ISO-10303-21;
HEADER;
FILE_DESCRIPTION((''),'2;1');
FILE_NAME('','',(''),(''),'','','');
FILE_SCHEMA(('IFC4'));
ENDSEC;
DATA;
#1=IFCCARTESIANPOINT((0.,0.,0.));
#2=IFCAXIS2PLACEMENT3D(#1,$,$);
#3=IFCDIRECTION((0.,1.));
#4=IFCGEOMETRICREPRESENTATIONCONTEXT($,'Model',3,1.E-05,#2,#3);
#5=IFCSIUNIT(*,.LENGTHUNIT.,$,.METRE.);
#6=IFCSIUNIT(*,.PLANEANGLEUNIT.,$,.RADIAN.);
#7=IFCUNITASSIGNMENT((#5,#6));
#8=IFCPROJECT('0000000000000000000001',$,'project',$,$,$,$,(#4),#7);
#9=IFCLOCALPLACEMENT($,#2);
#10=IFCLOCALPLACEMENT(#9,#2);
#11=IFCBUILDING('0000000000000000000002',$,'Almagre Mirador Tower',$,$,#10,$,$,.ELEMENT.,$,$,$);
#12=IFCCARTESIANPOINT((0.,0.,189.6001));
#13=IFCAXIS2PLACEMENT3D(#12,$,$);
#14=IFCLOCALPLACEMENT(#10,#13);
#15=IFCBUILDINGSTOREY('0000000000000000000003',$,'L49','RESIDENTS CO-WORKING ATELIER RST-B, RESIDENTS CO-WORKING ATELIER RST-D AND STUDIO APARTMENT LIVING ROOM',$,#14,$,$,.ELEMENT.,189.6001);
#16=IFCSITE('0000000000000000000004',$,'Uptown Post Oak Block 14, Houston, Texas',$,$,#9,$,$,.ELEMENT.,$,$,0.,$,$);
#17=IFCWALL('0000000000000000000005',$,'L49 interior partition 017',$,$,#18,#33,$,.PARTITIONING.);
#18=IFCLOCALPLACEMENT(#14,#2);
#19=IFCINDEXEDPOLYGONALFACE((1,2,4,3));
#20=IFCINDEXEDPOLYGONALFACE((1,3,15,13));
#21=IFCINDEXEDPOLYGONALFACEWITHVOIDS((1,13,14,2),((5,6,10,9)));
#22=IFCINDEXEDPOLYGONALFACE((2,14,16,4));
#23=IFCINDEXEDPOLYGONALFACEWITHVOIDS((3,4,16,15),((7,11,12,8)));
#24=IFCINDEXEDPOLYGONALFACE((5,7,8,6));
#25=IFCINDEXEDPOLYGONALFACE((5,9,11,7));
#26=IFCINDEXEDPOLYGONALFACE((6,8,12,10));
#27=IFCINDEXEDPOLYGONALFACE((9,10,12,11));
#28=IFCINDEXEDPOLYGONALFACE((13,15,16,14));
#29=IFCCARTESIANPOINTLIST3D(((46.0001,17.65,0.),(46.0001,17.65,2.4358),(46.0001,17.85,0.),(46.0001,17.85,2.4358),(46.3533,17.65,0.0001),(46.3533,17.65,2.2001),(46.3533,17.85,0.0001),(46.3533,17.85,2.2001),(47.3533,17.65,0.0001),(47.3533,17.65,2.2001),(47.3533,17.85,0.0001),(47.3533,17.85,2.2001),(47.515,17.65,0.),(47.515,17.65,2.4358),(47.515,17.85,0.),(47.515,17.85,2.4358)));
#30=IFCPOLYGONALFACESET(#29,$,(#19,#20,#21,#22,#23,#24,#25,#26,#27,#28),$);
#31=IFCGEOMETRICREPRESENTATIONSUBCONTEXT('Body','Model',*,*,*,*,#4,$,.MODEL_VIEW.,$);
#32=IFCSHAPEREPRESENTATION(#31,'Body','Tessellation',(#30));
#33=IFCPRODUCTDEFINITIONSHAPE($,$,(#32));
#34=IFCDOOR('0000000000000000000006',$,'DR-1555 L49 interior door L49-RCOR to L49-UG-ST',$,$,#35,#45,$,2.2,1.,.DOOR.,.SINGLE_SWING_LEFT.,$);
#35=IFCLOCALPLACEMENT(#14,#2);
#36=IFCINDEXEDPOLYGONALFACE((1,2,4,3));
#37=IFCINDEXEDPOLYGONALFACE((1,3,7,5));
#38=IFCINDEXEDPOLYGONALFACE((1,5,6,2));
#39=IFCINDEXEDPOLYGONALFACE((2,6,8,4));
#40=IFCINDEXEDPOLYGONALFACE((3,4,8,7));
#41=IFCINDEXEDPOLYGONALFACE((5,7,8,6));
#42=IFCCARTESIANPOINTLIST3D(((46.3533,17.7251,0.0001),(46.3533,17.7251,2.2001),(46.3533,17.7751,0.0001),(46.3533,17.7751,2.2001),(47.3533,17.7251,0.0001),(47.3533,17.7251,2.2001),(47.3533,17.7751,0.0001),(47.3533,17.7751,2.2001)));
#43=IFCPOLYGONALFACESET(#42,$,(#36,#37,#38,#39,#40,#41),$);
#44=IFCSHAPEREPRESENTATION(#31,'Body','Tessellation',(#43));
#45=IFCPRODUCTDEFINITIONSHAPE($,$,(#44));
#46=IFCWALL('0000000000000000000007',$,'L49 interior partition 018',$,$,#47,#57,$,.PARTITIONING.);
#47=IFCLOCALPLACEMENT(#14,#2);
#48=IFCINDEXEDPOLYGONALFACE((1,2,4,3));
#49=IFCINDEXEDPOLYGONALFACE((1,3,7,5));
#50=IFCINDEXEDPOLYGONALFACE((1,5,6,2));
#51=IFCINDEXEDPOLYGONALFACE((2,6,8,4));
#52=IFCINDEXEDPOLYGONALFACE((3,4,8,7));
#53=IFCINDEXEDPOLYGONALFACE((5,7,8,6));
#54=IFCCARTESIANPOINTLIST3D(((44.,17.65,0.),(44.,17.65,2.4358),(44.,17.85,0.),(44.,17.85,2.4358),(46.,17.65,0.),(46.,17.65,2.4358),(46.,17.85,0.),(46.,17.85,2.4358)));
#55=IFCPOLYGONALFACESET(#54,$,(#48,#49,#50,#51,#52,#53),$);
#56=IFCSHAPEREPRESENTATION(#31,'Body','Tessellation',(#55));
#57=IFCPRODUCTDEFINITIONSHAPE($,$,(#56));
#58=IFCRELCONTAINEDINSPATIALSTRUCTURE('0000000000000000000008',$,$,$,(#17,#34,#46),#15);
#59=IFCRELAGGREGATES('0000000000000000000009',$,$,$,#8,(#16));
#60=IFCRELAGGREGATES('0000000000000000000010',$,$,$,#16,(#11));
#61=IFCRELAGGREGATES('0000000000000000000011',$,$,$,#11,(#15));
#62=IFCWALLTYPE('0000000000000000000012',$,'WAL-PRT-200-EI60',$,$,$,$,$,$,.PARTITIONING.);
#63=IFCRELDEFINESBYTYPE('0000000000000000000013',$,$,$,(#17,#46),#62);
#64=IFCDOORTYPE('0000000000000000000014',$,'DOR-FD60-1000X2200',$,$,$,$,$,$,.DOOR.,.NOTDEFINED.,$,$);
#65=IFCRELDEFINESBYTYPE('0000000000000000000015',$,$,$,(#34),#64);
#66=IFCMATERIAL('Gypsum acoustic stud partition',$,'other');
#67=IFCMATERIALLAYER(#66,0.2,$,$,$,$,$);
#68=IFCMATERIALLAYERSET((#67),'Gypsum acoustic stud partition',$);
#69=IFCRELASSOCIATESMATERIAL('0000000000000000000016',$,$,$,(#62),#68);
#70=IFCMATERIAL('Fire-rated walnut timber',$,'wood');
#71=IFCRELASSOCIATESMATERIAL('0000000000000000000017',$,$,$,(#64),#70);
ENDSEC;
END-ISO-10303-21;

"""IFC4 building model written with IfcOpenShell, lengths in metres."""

from ifc_helpers import new_model, si_unit, direction, frame, frame_2d, origin, place, context, subcontext, project, spatial, rectangle, extrude, material, layer, layer_set, type_object, element, fill, save


model = new_model("IFC4")

# Units and contexts
model_context = context("Model", 3, precision=1e-05, world=origin(), true_north=direction((0.0, 1.0)))
body_context = subcontext(model_context, "Body", "Model", "MODEL_VIEW")
ifc_project = project(units=[si_unit("LENGTHUNIT", "METRE"), si_unit("PLANEANGLEUNIT", "RADIAN")], contexts=[model_context])

# Site, building, storey
site_placement = place(None, origin())
site = spatial("IfcSite", under=ifc_project, at=site_placement, Name="Uptown Post Oak Block 14, Houston, Texas", CompositionType="ELEMENT", RefElevation=0.0)
building_placement = place(site_placement, origin())
building = spatial("IfcBuilding", under=site, at=building_placement, Name="Almagre Mirador Tower", CompositionType="ELEMENT")
storey_placement = place(building_placement, frame((0.0, 0.0, 189.6001)))
storey = spatial("IfcBuildingStorey", under=building, at=storey_placement, Name="L49", Description="RESIDENTS CO-WORKING ATELIER RST-B, RESIDENTS CO-WORKING ATELIER RST-D AND STUDIO APARTMENT LIVING ROOM", CompositionType="ELEMENT", Elevation=189.6001)

# Wall, opening, door
ifc_material_1 = material(Name="Gypsum acoustic stud partition", Category="other")
ifc_layer_1 = layer(ifc_material_1, 0.2)
ifc_layer_set_1 = layer_set([ifc_layer_1], Name="Gypsum acoustic stud partition")
wall_type_1 = type_object("IfcWallType", Name="WAL-PRT-200-EI60", PredefinedType="PARTITIONING", material=ifc_layer_set_1)
wall_1_placement = place(storey_placement, frame((47.5149, 17.75, 0.0), z_axis=(0.0, 0.0, 1.0), x_axis=(-1.0, 0.0, 0.0)))
wall_1 = element("IfcWall", 1, at=wall_1_placement, inside=storey, type_object=wall_type_1, Name="L49 interior partition 017", PredefinedType="PARTITIONING", context=body_context, shape_type="SweptSolid", body=[
    extrude(rectangle(XDim=1.5149, YDim=0.2, at=frame_2d((0.7573, 0.0))), origin(), (0.0, 0.0, 1.0), 2.4358),
])
opening_1_placement = place(wall_1_placement, frame((0.1616, 0.0, 0.0)))
opening_1 = element("IfcOpeningElement", 2, at=opening_1_placement, cuts=wall_1, PredefinedType="OPENING", context=body_context, shape_type="SweptSolid", body=[
    extrude(rectangle(XDim=1.0, YDim=2.2, at=frame_2d((0.5, 1.1001))), frame((0.0, 0.1101, 0.0), z_axis=(0.0, -1.0, 0.0), x_axis=(1.0, 0.0, 0.0)), (0.0, 0.0, 1.0), 0.22),
])
ifc_material_2 = material(Name="Fire-rated walnut timber", Category="wood")
door_type_1 = type_object("IfcDoorType", Name="DOR-FD60-1000X2200", OperationType="NOTDEFINED", PredefinedType="DOOR", material=ifc_material_2)
door_1_placement = place(opening_1_placement, origin())
door_1 = element("IfcDoor", 3, at=door_1_placement, inside=storey, type_object=door_type_1, Name="DR-1555 L49 interior door L49-RCOR to L49-UG-ST", OperationType="SINGLE_SWING_LEFT", OverallHeight=2.2, OverallWidth=1.0, PredefinedType="DOOR", context=body_context, shape_type="SweptSolid", body=[
    extrude(rectangle(XDim=1.0, YDim=2.2, at=frame_2d((0.5, 1.1001))), frame((0.0, 0.0249, 0.0), z_axis=(0.0, -1.0, 0.0), x_axis=(1.0, 0.0, 0.0)), (0.0, 0.0, 1.0), 0.05),
])
fill(opening_1, door_1)

# Wall
wall_2_placement = place(storey_placement, frame((46.0, 17.75, 0.0), z_axis=(0.0, 0.0, 1.0), x_axis=(-1.0, 0.0, 0.0)))
element("IfcWall", 4, at=wall_2_placement, inside=storey, type_object=wall_type_1, Name="L49 interior partition 018", PredefinedType="PARTITIONING", context=body_context, shape_type="SweptSolid", body=[
    extrude(rectangle(XDim=2.0, YDim=0.2, at=frame_2d((1.0, 0.0))), origin(), (0.0, 0.0, 1.0), 2.4358),
])

save(model, "model.ifc")
